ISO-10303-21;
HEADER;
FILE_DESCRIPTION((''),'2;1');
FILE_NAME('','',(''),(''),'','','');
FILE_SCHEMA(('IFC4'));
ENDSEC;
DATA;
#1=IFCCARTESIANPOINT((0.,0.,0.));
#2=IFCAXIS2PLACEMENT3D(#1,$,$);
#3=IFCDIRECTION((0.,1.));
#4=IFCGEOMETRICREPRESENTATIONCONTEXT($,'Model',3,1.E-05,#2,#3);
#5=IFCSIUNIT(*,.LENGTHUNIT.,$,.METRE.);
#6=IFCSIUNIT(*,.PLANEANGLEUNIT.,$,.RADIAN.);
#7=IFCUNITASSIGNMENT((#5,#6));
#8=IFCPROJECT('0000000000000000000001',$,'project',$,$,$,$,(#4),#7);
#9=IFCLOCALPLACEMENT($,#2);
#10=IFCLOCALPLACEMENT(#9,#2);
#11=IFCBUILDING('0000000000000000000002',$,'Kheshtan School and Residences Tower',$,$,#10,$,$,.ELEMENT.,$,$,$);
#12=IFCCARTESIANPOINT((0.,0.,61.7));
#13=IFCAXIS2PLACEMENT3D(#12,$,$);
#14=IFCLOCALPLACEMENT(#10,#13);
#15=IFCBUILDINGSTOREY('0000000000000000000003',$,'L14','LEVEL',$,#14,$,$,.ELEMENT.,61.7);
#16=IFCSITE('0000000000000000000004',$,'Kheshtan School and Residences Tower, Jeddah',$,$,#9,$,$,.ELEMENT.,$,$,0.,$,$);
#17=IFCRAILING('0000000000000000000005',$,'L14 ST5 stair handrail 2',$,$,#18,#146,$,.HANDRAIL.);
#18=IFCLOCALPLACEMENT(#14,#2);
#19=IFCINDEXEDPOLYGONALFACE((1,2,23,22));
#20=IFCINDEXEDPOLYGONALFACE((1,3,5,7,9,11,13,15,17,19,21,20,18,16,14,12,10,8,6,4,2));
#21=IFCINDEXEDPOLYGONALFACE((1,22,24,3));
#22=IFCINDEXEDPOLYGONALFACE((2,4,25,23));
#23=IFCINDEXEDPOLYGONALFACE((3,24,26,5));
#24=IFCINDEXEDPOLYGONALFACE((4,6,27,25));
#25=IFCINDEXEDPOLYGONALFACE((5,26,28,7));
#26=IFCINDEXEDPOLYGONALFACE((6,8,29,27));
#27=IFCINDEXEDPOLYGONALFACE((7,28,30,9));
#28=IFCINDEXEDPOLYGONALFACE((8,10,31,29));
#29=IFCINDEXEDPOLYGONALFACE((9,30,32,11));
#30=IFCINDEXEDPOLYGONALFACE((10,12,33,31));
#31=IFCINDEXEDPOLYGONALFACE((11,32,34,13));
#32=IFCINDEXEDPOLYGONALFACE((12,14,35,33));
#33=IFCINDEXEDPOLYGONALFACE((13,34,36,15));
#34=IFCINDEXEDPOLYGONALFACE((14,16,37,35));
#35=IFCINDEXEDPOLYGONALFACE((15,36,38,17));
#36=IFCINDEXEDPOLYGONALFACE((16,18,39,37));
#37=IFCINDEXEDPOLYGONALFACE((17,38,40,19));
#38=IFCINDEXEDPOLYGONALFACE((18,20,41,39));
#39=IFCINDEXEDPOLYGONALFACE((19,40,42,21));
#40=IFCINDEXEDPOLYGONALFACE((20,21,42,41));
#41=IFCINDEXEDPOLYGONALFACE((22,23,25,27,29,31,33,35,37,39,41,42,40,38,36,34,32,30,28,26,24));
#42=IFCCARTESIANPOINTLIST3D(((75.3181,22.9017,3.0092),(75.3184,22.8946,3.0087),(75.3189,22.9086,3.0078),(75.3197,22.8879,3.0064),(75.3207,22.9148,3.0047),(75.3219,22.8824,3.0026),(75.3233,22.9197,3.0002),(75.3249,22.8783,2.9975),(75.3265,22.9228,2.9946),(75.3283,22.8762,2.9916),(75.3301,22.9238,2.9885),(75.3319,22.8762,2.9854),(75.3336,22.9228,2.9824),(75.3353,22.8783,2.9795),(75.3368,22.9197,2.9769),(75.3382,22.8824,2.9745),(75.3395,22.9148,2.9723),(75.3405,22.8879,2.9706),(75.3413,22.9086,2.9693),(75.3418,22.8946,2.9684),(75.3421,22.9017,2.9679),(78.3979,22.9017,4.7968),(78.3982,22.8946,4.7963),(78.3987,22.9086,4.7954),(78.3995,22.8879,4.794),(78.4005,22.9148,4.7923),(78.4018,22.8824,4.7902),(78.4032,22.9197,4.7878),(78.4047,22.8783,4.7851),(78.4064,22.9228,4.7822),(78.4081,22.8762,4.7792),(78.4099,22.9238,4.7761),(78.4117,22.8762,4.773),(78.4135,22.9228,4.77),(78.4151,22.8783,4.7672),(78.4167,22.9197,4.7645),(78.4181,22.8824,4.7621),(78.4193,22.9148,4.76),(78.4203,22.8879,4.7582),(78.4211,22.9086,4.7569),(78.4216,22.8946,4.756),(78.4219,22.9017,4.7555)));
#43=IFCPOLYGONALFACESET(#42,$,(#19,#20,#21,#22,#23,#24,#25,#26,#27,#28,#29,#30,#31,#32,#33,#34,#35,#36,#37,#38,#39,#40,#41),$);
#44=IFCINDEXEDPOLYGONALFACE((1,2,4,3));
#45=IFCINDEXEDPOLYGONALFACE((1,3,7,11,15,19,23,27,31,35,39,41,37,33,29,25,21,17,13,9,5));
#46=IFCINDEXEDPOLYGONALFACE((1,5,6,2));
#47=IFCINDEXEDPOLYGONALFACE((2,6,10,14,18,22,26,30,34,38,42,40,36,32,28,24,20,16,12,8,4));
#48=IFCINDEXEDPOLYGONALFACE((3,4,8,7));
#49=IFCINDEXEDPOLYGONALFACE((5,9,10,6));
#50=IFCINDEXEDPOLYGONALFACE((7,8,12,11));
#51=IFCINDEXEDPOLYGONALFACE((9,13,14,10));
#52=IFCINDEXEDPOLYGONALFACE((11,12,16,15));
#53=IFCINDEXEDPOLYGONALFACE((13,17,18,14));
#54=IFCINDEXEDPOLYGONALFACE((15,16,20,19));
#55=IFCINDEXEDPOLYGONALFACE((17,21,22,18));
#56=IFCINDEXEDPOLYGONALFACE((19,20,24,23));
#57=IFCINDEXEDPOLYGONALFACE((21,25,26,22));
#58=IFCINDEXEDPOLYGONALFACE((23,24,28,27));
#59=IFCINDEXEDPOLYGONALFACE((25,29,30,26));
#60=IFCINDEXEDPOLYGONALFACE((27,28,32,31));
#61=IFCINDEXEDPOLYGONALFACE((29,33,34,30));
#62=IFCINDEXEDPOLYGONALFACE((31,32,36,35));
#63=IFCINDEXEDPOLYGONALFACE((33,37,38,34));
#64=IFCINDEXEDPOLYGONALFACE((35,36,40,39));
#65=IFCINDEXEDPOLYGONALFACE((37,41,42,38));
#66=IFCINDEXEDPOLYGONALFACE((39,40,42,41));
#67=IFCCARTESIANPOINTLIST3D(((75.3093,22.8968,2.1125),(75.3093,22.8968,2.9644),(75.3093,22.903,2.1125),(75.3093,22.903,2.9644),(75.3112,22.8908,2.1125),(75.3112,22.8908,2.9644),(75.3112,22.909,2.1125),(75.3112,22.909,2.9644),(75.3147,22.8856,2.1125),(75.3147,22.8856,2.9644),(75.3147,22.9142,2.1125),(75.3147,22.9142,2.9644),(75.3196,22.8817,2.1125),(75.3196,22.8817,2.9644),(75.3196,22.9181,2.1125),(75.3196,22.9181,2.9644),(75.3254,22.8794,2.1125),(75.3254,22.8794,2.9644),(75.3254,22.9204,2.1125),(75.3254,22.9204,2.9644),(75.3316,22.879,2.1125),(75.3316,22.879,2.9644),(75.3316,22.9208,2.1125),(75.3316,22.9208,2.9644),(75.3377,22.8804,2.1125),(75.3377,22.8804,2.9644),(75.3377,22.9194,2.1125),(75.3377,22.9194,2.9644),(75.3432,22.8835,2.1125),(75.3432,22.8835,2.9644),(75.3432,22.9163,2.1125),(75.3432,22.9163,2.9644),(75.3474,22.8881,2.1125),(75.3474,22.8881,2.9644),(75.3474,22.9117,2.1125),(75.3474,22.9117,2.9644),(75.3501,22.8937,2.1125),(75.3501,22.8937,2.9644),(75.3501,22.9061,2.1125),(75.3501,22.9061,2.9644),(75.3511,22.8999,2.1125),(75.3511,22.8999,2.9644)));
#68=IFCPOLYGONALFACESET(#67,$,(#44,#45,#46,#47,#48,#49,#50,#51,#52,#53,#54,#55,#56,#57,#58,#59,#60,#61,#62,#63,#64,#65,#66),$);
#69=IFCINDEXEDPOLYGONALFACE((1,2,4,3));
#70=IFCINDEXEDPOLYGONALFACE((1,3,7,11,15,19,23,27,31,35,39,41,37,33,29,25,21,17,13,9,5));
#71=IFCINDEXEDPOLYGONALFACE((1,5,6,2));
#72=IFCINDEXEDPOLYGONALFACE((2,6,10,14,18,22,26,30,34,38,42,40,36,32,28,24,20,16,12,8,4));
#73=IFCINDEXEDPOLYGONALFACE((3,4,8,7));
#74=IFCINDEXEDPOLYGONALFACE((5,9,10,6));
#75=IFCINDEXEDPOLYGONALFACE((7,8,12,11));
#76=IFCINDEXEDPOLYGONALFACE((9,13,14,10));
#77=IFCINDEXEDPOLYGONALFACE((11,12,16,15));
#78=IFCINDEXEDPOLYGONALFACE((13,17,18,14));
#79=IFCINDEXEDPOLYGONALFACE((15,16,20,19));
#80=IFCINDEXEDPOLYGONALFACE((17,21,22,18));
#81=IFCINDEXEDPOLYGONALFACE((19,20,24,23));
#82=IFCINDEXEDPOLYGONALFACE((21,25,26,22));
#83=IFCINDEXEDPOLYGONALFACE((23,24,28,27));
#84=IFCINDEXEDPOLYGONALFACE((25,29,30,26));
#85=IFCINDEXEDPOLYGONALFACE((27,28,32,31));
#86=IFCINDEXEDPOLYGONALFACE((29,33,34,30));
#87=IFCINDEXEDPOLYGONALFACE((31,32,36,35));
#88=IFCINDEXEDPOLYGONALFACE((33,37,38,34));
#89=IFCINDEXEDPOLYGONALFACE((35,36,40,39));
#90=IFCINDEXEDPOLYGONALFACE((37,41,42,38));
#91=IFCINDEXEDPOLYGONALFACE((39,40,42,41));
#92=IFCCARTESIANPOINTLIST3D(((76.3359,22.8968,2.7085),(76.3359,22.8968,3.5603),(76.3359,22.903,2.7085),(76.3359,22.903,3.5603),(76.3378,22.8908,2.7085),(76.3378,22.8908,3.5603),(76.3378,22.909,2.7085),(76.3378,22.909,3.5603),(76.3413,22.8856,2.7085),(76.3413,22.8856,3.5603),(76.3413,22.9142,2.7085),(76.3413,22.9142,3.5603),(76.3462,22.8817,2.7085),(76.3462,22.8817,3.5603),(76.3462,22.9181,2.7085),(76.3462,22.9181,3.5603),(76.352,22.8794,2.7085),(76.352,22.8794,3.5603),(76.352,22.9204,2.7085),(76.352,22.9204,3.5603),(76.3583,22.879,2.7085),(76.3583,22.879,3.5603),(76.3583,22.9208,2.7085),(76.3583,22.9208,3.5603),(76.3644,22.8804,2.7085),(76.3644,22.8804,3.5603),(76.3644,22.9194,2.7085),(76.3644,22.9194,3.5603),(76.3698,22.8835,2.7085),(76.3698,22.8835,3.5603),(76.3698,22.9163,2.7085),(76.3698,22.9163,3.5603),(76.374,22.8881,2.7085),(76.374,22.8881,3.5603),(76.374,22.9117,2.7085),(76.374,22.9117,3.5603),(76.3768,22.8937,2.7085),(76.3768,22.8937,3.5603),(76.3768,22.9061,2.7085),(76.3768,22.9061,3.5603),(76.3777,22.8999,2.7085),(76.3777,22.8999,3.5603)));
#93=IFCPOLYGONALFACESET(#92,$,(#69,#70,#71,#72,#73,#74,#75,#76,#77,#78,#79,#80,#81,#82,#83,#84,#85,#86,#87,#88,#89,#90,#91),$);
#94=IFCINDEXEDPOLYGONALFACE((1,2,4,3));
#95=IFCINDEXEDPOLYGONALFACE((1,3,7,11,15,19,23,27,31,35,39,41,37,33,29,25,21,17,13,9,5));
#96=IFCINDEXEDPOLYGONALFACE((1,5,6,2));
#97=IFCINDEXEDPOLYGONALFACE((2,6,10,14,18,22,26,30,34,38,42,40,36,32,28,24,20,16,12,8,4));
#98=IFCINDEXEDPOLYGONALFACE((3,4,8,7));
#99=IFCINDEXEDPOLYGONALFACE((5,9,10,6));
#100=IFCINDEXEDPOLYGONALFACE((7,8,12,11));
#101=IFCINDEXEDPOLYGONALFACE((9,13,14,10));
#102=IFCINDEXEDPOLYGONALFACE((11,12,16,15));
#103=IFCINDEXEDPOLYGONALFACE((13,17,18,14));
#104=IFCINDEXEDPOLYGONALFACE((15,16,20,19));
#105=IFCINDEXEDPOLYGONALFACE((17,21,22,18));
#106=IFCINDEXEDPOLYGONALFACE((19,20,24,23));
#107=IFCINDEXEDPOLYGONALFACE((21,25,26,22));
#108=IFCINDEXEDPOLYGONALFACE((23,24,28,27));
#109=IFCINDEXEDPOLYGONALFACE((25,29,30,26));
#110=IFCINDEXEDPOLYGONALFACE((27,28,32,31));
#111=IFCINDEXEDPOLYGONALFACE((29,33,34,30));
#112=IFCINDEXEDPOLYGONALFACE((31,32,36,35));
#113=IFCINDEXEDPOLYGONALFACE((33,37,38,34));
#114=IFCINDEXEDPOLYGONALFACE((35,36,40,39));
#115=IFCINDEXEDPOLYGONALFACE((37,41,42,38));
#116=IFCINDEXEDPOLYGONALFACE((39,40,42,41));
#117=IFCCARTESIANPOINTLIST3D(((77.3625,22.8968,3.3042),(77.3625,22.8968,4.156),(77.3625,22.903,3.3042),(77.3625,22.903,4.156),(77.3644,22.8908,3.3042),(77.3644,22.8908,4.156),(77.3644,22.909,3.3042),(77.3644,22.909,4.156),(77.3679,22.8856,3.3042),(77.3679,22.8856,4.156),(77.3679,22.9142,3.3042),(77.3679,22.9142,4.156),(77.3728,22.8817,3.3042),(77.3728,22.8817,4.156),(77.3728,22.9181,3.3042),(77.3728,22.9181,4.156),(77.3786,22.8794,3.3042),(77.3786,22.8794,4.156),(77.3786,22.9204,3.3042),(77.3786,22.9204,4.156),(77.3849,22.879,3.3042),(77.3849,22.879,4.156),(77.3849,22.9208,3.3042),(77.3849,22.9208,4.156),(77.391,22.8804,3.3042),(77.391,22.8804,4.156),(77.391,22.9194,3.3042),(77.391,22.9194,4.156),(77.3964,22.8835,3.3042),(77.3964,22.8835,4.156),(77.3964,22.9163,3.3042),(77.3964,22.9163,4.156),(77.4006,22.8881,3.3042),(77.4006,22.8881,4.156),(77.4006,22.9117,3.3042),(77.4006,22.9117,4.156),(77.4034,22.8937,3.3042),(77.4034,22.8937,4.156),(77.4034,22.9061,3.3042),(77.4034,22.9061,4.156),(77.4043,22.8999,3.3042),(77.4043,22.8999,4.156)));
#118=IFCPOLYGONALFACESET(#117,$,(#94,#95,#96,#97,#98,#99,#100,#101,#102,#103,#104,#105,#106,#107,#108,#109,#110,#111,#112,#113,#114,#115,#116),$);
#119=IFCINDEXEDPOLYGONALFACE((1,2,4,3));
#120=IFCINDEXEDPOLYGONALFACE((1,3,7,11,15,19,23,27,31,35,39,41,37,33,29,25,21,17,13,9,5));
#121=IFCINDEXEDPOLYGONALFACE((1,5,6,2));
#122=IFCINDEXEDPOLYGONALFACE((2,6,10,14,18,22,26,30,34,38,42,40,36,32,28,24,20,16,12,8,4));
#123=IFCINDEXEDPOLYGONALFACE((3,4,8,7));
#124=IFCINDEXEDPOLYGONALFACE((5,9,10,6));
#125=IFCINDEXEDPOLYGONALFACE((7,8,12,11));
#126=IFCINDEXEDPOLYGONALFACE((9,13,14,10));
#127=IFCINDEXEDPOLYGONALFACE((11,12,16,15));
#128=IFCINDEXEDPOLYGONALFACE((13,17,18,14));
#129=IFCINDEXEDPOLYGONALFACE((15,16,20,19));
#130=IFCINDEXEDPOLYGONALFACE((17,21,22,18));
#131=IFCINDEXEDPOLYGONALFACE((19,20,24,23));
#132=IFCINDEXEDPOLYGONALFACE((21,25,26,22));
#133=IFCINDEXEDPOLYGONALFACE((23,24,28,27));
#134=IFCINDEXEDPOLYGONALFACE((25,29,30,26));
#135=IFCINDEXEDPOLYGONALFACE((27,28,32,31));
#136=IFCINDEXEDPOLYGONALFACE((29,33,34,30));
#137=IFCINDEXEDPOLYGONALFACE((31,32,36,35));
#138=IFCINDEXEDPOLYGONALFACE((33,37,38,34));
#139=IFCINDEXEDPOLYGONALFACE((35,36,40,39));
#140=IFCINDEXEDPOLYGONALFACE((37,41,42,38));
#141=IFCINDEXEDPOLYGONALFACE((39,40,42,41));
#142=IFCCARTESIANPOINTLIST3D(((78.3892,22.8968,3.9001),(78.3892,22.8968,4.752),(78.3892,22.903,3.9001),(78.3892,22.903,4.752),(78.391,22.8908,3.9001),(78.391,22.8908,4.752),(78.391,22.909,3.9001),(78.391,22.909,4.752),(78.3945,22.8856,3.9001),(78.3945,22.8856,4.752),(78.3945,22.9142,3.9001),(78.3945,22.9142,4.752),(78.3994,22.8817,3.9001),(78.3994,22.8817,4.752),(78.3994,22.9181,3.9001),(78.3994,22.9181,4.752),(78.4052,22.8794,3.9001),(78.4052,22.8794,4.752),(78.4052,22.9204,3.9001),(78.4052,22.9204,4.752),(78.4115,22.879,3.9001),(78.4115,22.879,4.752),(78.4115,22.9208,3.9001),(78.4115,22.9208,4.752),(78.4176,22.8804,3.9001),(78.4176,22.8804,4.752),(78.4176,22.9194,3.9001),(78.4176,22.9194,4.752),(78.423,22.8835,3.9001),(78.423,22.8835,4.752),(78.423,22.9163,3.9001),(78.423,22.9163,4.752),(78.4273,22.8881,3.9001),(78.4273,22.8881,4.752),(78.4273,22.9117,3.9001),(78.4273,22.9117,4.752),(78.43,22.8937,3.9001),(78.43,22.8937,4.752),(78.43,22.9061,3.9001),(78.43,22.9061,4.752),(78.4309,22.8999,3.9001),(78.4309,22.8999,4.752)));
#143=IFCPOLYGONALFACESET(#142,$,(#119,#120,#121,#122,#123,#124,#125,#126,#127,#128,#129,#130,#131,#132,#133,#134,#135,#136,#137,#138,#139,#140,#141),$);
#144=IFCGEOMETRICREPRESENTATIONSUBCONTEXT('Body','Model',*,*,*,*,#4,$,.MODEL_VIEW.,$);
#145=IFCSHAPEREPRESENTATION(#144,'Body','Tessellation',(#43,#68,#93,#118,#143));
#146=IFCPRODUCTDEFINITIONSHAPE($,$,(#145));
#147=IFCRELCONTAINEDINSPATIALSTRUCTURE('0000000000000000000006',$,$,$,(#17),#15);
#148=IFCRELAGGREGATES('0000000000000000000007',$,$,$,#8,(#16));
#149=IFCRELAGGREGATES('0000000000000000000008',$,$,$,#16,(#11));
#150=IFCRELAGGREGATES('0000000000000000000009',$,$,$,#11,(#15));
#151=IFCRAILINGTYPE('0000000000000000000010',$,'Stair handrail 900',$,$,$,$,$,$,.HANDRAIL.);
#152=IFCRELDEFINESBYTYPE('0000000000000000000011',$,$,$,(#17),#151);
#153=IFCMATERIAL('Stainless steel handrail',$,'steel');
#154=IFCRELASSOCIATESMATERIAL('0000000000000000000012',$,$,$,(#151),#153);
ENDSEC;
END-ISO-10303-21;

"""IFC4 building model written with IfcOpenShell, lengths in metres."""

from ifc_helpers import new_model, si_unit, direction, frame, origin, origin_2d, place, context, subcontext, project, spatial, circle, extrude, material, type_object, element, save


model = new_model("IFC4")

# Units and contexts
model_context = context("Model", 3, precision=1e-05, world=origin(), true_north=direction((0.0, 1.0)))
body_context = subcontext(model_context, "Body", "Model", "MODEL_VIEW")
ifc_project = project(units=[si_unit("LENGTHUNIT", "METRE"), si_unit("PLANEANGLEUNIT", "RADIAN")], contexts=[model_context])

# Site, building, storey
site_placement = place(None, origin())
site = spatial("IfcSite", under=ifc_project, at=site_placement, Name="Kheshtan School and Residences Tower, Jeddah", CompositionType="ELEMENT", RefElevation=0.0)
building_placement = place(site_placement, origin())
building = spatial("IfcBuilding", under=site, at=building_placement, Name="Kheshtan School and Residences Tower", CompositionType="ELEMENT")
storey_placement = place(building_placement, frame((0.0, 0.0, 61.7)))
storey = spatial("IfcBuildingStorey", under=building, at=storey_placement, Name="L14", Description="LEVEL", CompositionType="ELEMENT", Elevation=61.7)

# Railing
ifc_material_1 = material(Name="Stainless steel handrail", Category="steel")
railing_type_1 = type_object("IfcRailingType", Name="Stair handrail 900", PredefinedType="HANDRAIL", material=ifc_material_1)
railing_1_placement = place(storey_placement, frame((75.3301, 22.8999, 2.1125)))
element("IfcRailing", 1, at=railing_1_placement, inside=storey, type_object=railing_type_1, Name="L14 ST5 stair handrail 2", PredefinedType="HANDRAIL", context=body_context, shape_type="SweptSolid", body=[
    extrude(circle(Radius=0.0239, at=origin_2d()), frame((0.0, 0.0, 0.876), z_axis=(0.864873, 0.0, 0.50199), x_axis=(0.0, 1.0, 0.0)), (0.0, 0.0, 1.0), 3.561),
    extrude(circle(Radius=0.021, at=origin_2d()), origin(), (0.0, 0.0, 1.0), 0.8518),
    extrude(circle(Radius=0.021, at=origin_2d()), frame((1.0266, 0.0, 0.5959)), (0.0, 0.0, 1.0), 0.8518),
    extrude(circle(Radius=0.021, at=origin_2d()), frame((2.0532, 0.0, 1.1917)), (0.0, 0.0, 1.0), 0.8518),
    extrude(circle(Radius=0.021, at=origin_2d()), frame((3.0798, 0.0, 1.7876)), (0.0, 0.0, 1.0), 0.8518),
])

save(model, "model.ifc")
